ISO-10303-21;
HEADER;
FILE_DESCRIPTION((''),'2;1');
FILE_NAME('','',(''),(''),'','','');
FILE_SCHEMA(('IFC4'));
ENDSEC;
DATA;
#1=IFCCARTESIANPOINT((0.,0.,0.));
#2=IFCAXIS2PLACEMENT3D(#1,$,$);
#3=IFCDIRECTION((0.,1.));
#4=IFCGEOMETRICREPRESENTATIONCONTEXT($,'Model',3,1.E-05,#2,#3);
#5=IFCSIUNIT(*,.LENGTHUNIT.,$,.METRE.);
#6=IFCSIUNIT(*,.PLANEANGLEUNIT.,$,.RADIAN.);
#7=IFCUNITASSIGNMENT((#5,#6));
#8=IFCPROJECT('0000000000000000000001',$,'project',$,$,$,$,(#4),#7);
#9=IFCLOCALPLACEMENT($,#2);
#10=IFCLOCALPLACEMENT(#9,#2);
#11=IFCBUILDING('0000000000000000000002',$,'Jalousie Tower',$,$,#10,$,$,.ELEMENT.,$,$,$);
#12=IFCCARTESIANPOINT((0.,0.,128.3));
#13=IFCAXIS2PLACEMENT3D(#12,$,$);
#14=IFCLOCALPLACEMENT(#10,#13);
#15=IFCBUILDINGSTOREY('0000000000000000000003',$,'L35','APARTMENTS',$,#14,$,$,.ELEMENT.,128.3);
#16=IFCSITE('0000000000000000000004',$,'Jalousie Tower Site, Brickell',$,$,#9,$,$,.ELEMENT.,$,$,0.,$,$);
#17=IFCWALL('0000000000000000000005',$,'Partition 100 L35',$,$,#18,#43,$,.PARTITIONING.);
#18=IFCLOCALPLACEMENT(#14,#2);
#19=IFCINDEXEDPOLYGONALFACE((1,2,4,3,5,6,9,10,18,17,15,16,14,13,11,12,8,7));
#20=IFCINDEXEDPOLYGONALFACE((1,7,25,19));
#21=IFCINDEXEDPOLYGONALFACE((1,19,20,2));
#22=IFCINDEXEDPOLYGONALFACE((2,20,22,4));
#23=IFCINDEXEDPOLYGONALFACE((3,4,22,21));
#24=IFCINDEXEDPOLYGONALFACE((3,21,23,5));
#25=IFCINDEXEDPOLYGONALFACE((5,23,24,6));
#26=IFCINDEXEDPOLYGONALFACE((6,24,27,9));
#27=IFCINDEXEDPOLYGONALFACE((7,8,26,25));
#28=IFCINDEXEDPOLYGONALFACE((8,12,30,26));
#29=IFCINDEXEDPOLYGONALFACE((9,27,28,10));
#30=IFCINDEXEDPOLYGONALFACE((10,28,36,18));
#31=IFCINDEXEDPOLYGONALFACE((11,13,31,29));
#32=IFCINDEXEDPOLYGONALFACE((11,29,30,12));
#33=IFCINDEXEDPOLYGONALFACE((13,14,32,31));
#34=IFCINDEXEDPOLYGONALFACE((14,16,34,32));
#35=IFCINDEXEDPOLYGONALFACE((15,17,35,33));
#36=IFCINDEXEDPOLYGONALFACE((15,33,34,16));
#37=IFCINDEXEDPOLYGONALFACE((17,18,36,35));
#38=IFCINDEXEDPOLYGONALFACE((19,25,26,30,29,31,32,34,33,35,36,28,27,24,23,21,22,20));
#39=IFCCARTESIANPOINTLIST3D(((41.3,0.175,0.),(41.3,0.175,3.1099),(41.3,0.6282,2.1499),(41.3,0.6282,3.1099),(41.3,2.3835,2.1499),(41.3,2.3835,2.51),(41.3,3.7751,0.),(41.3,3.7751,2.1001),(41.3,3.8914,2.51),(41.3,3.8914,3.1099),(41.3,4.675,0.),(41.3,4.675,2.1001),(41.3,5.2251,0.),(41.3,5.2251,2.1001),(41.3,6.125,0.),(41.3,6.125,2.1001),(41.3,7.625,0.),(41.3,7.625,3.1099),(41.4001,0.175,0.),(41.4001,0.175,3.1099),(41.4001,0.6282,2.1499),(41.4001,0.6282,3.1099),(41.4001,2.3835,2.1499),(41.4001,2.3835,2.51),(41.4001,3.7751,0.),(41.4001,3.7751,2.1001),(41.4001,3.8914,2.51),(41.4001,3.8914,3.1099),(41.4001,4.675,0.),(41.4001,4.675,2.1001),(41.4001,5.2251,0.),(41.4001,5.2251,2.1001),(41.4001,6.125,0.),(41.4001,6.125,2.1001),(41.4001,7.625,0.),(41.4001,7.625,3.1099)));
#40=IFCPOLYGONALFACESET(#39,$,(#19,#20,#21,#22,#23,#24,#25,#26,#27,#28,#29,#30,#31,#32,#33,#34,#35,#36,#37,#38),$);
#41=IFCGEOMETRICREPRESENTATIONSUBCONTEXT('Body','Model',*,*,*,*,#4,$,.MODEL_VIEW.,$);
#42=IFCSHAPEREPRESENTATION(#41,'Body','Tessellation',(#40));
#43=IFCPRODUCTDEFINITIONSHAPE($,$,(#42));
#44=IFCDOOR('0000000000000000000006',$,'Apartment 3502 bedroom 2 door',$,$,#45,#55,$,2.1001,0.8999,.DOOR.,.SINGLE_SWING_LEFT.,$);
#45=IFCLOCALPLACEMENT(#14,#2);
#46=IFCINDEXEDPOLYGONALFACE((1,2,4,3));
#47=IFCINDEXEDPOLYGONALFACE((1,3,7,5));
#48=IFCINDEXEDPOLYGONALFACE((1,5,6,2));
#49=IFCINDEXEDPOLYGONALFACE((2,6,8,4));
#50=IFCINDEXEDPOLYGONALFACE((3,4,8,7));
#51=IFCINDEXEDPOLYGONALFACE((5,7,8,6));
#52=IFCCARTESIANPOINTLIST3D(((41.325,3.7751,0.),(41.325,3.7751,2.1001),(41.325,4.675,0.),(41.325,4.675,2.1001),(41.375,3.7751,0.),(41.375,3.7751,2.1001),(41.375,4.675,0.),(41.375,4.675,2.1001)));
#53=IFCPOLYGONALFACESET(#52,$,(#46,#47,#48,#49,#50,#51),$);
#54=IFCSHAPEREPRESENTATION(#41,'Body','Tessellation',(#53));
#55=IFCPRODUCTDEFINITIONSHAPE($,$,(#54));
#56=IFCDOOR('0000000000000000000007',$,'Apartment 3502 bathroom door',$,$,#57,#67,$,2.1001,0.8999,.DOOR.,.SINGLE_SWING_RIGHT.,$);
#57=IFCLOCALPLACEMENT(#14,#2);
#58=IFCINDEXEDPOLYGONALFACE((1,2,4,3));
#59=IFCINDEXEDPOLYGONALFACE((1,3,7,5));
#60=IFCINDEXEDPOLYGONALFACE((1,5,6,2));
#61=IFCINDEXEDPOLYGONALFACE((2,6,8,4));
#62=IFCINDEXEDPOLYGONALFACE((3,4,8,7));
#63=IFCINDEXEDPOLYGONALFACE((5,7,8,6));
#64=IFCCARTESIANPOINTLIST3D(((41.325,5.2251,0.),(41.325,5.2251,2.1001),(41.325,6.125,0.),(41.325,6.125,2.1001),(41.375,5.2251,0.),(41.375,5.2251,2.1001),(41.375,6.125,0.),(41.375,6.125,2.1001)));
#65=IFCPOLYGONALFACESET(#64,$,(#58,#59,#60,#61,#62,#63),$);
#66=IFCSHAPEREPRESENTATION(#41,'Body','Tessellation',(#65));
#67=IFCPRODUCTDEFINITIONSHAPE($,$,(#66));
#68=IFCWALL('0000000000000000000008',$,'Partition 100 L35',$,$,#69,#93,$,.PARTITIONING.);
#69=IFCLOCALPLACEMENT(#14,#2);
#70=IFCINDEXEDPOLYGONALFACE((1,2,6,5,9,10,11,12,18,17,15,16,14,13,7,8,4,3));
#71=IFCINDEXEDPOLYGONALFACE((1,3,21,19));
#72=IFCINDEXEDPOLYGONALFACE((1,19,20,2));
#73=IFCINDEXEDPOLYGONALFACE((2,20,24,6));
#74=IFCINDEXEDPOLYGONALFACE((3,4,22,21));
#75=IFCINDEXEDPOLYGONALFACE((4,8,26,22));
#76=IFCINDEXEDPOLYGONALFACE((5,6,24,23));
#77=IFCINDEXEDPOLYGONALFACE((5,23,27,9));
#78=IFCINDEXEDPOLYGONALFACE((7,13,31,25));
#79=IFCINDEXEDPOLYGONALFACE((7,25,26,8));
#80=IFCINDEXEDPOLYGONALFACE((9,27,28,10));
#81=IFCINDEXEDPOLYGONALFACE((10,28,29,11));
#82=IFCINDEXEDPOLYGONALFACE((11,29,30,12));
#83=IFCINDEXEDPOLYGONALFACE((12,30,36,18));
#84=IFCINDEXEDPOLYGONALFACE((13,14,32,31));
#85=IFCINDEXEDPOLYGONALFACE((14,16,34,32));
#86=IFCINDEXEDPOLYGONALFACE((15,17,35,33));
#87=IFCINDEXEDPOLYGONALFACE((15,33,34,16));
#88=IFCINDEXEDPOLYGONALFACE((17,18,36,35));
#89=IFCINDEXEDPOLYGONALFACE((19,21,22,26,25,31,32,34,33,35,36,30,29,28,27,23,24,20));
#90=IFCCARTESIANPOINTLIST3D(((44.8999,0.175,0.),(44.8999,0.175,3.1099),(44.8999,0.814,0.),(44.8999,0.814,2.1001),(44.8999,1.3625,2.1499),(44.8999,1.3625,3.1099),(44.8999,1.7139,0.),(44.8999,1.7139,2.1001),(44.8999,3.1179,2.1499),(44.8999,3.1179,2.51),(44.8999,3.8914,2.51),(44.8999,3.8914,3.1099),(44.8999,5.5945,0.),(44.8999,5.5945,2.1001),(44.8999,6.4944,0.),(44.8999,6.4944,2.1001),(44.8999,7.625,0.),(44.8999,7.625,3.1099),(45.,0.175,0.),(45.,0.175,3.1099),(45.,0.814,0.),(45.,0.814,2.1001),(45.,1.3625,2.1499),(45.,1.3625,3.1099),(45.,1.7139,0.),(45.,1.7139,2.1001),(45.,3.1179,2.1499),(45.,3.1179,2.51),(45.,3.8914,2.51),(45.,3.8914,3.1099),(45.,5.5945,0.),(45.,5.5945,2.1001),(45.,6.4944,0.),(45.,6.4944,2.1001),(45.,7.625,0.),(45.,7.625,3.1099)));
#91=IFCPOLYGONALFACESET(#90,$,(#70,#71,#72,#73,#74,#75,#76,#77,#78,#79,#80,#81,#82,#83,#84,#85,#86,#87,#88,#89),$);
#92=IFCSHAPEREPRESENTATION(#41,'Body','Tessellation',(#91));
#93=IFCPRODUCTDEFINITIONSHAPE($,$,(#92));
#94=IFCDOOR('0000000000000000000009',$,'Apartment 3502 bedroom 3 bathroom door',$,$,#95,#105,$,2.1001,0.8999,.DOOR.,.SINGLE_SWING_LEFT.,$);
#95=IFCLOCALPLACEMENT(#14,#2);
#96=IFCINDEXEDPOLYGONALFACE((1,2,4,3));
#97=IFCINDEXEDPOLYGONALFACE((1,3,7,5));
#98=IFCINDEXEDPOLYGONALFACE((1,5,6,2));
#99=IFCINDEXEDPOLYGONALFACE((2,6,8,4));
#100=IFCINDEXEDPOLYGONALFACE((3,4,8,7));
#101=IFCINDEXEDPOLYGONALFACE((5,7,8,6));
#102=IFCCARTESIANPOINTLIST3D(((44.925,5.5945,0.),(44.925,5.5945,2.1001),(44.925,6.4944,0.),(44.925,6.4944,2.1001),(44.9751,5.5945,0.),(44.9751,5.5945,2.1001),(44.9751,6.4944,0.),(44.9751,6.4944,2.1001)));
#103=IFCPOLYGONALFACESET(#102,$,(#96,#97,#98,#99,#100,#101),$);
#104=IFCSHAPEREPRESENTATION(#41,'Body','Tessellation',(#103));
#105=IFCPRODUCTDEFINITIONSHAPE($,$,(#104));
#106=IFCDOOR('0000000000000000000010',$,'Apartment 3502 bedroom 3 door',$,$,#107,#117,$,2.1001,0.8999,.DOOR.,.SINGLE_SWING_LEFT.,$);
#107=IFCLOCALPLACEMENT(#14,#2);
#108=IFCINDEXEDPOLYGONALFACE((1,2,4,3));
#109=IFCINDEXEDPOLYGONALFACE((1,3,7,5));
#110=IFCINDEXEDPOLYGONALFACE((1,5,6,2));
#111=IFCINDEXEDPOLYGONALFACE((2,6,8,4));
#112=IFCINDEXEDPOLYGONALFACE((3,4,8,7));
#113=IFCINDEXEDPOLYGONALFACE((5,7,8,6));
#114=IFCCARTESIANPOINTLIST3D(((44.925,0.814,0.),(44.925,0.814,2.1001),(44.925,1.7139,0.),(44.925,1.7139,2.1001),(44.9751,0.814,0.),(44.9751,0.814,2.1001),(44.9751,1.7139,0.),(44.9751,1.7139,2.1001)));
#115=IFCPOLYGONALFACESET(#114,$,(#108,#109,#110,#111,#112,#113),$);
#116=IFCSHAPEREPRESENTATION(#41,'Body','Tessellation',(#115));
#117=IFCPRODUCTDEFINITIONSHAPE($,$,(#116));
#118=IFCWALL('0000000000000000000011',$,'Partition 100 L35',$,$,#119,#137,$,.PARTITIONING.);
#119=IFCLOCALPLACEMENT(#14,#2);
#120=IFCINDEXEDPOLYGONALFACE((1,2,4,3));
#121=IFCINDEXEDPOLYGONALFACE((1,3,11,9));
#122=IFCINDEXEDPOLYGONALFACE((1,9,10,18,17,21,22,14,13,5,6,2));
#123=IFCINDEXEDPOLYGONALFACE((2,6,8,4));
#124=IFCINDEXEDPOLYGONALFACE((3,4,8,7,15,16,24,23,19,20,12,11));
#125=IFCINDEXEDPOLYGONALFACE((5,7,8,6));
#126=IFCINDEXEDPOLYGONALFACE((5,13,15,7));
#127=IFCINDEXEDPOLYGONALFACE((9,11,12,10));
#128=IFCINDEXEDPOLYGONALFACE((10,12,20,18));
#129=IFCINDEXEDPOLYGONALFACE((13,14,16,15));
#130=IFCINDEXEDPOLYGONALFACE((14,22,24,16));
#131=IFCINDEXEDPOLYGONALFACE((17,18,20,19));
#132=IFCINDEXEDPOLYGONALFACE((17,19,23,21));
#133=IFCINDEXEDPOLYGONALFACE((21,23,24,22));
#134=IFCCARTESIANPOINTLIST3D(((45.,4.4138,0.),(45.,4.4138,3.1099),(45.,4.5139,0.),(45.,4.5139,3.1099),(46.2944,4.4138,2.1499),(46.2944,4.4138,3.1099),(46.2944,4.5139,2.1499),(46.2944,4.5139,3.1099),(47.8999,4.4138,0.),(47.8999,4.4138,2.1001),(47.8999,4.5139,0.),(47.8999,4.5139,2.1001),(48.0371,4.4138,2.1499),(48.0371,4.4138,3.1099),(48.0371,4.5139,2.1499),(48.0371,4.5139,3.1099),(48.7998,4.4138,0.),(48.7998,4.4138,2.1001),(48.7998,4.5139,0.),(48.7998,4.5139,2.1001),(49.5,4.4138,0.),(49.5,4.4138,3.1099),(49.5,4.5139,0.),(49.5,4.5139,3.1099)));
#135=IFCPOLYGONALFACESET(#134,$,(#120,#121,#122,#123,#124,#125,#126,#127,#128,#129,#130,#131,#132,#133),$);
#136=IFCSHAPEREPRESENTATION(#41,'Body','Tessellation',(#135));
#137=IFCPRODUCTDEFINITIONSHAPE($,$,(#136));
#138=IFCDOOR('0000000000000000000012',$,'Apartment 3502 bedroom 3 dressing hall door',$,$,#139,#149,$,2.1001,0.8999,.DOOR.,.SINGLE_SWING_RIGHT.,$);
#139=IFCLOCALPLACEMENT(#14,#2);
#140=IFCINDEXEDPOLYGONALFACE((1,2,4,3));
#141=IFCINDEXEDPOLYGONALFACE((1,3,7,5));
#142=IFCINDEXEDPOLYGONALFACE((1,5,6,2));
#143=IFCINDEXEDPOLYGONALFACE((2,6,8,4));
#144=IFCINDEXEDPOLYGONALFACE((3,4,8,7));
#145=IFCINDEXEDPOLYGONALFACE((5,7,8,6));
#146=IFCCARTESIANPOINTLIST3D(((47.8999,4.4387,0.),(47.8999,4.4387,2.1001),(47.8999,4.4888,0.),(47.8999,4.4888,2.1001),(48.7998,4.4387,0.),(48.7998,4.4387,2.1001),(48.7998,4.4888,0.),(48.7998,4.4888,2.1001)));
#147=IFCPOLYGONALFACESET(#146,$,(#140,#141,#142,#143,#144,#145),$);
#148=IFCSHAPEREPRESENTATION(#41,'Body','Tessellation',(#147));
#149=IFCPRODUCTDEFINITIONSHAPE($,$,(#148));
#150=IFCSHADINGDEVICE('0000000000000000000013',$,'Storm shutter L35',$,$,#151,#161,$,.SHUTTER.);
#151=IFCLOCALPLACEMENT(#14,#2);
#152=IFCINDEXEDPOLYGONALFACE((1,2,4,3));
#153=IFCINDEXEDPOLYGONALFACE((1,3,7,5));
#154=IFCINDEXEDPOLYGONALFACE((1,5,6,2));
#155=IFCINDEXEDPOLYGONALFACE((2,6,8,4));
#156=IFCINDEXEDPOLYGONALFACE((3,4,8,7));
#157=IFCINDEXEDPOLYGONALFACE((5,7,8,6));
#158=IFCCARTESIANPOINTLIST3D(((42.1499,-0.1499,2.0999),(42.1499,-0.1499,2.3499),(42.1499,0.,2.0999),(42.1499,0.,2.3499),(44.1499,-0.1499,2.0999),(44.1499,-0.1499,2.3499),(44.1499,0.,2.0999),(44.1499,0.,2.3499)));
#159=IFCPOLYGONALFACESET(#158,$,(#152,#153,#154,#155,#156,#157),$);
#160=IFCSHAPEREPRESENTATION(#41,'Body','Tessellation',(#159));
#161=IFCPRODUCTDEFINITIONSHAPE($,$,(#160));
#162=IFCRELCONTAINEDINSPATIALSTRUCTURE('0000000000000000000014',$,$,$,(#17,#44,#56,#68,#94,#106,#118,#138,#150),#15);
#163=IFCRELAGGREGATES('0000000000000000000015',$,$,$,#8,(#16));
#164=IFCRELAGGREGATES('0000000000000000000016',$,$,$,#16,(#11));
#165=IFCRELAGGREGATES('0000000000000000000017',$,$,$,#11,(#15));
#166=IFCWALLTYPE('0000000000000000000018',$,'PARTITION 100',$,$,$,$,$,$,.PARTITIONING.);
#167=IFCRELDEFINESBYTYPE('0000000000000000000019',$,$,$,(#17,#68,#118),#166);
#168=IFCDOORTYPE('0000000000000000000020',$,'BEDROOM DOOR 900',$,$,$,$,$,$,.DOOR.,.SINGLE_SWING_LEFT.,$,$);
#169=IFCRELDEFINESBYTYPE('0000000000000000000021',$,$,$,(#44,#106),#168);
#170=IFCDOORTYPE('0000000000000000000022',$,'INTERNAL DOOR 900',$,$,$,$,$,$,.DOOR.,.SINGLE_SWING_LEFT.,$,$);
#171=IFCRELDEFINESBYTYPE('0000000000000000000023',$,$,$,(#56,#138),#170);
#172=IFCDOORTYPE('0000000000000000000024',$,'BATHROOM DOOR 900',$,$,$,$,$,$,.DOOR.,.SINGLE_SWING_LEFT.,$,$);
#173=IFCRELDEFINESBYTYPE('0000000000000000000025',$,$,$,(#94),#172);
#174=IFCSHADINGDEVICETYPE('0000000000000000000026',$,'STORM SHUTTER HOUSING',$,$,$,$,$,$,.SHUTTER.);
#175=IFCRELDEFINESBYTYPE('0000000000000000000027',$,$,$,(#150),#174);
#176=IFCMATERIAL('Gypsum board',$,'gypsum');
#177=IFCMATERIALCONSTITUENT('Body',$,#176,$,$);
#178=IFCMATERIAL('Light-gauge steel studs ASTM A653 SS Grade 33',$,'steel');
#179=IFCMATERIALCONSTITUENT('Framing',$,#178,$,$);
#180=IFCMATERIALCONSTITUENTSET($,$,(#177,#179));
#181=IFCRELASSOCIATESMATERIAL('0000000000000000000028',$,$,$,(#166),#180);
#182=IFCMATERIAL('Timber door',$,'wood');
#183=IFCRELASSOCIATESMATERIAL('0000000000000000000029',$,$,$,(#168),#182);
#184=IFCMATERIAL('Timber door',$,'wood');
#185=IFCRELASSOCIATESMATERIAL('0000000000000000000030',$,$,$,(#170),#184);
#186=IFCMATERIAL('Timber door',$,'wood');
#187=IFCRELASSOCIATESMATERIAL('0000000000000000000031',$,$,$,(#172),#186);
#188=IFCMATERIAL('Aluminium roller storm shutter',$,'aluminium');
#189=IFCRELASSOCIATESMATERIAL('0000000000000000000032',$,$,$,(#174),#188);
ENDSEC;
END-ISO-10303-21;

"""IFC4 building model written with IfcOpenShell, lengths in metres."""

from ifc_helpers import new_model, si_unit, direction, frame, frame_2d, origin, origin_2d, place, context, subcontext, project, spatial, polyline, rectangle, outline, extrude, material, constituent, constituent_set, type_object, element, fill, save


model = new_model("IFC4")

# Units and contexts
model_context = context("Model", 3, precision=1e-05, world=origin(), true_north=direction((0.0, 1.0)))
body_context = subcontext(model_context, "Body", "Model", "MODEL_VIEW")
ifc_project = project(units=[si_unit("LENGTHUNIT", "METRE"), si_unit("PLANEANGLEUNIT", "RADIAN")], contexts=[model_context])

# Site, building, storey
site_placement = place(None, origin())
site = spatial("IfcSite", under=ifc_project, at=site_placement, Name="Jalousie Tower Site, Brickell", CompositionType="ELEMENT", RefElevation=0.0)
building_placement = place(site_placement, origin())
building = spatial("IfcBuilding", under=site, at=building_placement, Name="Jalousie Tower", CompositionType="ELEMENT")
storey_placement = place(building_placement, frame((0.0, 0.0, 128.3)))
storey = spatial("IfcBuildingStorey", under=building, at=storey_placement, Name="L35", Description="APARTMENTS", CompositionType="ELEMENT", Elevation=128.3)

# Walls, openings, doors
ifc_material_1 = material(Name="Gypsum board", Category="gypsum")
ifc_constituent_1 = constituent(ifc_material_1, Name="Body")
ifc_material_2 = material(Name="Light-gauge steel studs ASTM A653 SS Grade 33", Category="steel")
ifc_constituent_2 = constituent(ifc_material_2, Name="Framing")
ifc_constituent_set = constituent_set(constituents=[ifc_constituent_1, ifc_constituent_2])
wall_type = type_object("IfcWallType", Name="PARTITION 100", PredefinedType="PARTITIONING", material=ifc_constituent_set)
wall_1_placement = place(storey_placement, frame((41.3501, 0.175, 0.0), z_axis=(0.0, 0.0, 1.0), x_axis=(0.0, 1.0, 0.0)))
wall_1 = element("IfcWall", 1, at=wall_1_placement, inside=storey, type_object=wall_type, Name="Partition 100 L35", PredefinedType="PARTITIONING", context=body_context, shape_type="SweptSolid", body=[
    extrude(outline(polyline([(0.0, 0.0), (7.45, 0.0), (7.45, 3.1099), (3.7163, 3.1099), (3.7163, 2.51), (2.2085, 2.51), (2.2085, 2.1499), (0.4531, 2.1499), (0.4531, 3.1099), (0.0, 3.1099), (0.0, 0.0)])), frame((0.0, 0.05, 0.0), z_axis=(0.0, -1.0, 0.0), x_axis=(1.0, 0.0, 0.0)), (0.0, 0.0, 1.0), 0.1001),
])
opening_1_placement = place(wall_1_placement, frame((3.6001, 0.0, 0.0)))
opening_1 = element("IfcOpeningElement", 2, at=opening_1_placement, cuts=wall_1, PredefinedType="OPENING", context=body_context, shape_type="SweptSolid", body=[
    extrude(rectangle(XDim=0.8999, YDim=2.1001, at=frame_2d((0.45, 1.05))), frame((0.0, 0.0601, 0.0), z_axis=(0.0, -1.0, 0.0), x_axis=(1.0, 0.0, 0.0)), (0.0, 0.0, 1.0), 0.1201),
])
opening_2_placement = place(wall_1_placement, frame((5.05, 0.0, 0.0)))
opening_2 = element("IfcOpeningElement", 3, at=opening_2_placement, cuts=wall_1, PredefinedType="OPENING", context=body_context, shape_type="SweptSolid", body=[
    extrude(rectangle(XDim=0.8999, YDim=2.1001, at=frame_2d((0.45, 1.05))), frame((0.0, 0.0601, 0.0), z_axis=(0.0, -1.0, 0.0), x_axis=(1.0, 0.0, 0.0)), (0.0, 0.0, 1.0), 0.1201),
])
ifc_material_3 = material(Name="Timber door", Category="wood")
door_type_1 = type_object("IfcDoorType", Name="BEDROOM DOOR 900", OperationType="SINGLE_SWING_LEFT", PredefinedType="DOOR", material=ifc_material_3)
door_1_placement = place(opening_1_placement, frame((0.8999, 0.0, 0.0), z_axis=(0.0, 0.0, 1.0), x_axis=(-1.0, 0.0, 0.0)))
door_1 = element("IfcDoor", 4, at=door_1_placement, inside=storey, type_object=door_type_1, Name="Apartment 3502 bedroom 2 door", OperationType="SINGLE_SWING_LEFT", OverallHeight=2.1001, OverallWidth=0.8999, PredefinedType="DOOR", context=body_context, shape_type="SweptSolid", body=[
    extrude(rectangle(XDim=0.8999, YDim=2.1001, at=frame_2d((0.45, 1.05))), frame((0.0, 0.0249, 0.0), z_axis=(0.0, -1.0, 0.0), x_axis=(1.0, 0.0, 0.0)), (0.0, 0.0, 1.0), 0.05),
])
fill(opening_1, door_1)
ifc_material_4 = material(Name="Timber door", Category="wood")
door_type_2 = type_object("IfcDoorType", Name="INTERNAL DOOR 900", OperationType="SINGLE_SWING_LEFT", PredefinedType="DOOR", material=ifc_material_4)
door_2_placement = place(opening_2_placement, frame((0.8999, 0.0, 0.0), z_axis=(0.0, 0.0, 1.0), x_axis=(-1.0, 0.0, 0.0)))
door_2 = element("IfcDoor", 5, at=door_2_placement, inside=storey, type_object=door_type_2, Name="Apartment 3502 bathroom door", OperationType="SINGLE_SWING_RIGHT", OverallHeight=2.1001, OverallWidth=0.8999, PredefinedType="DOOR", context=body_context, shape_type="SweptSolid", body=[
    extrude(rectangle(XDim=0.8999, YDim=2.1001, at=frame_2d((0.45, 1.05))), frame((0.0, 0.0249, 0.0), z_axis=(0.0, -1.0, 0.0), x_axis=(1.0, 0.0, 0.0)), (0.0, 0.0, 1.0), 0.05),
])
fill(opening_2, door_2)
wall_2_placement = place(storey_placement, frame((44.95, 0.175, 0.0), z_axis=(0.0, 0.0, 1.0), x_axis=(0.0, 1.0, 0.0)))
wall_2 = element("IfcWall", 6, at=wall_2_placement, inside=storey, type_object=wall_type, Name="Partition 100 L35", PredefinedType="PARTITIONING", context=body_context, shape_type="SweptSolid", body=[
    extrude(outline(polyline([(0.0, 0.0), (7.45, 0.0), (7.45, 3.1099), (3.7163, 3.1099), (3.7163, 2.51), (2.9429, 2.51), (2.9429, 2.1499), (1.1875, 2.1499), (1.1875, 3.1099), (0.0, 3.1099), (0.0, 0.0)])), frame((0.0, 0.05, 0.0), z_axis=(0.0, -1.0, 0.0), x_axis=(1.0, 0.0, 0.0)), (0.0, 0.0, 1.0), 0.1001),
])
opening_3_placement = place(wall_2_placement, frame((0.6389, 0.0, 0.0)))
opening_3 = element("IfcOpeningElement", 7, at=opening_3_placement, cuts=wall_2, PredefinedType="OPENING", context=body_context, shape_type="SweptSolid", body=[
    extrude(rectangle(XDim=0.8999, YDim=2.1001, at=frame_2d((0.45, 1.05))), frame((0.0, 0.0601, 0.0), z_axis=(0.0, -1.0, 0.0), x_axis=(1.0, 0.0, 0.0)), (0.0, 0.0, 1.0), 0.1201),
])
opening_4_placement = place(wall_2_placement, frame((5.4194, 0.0, 0.0)))
opening_4 = element("IfcOpeningElement", 8, at=opening_4_placement, cuts=wall_2, PredefinedType="OPENING", context=body_context, shape_type="SweptSolid", body=[
    extrude(rectangle(XDim=0.8999, YDim=2.1001, at=frame_2d((0.45, 1.05))), frame((0.0, 0.0601, 0.0), z_axis=(0.0, -1.0, 0.0), x_axis=(1.0, 0.0, 0.0)), (0.0, 0.0, 1.0), 0.1201),
])
ifc_material_5 = material(Name="Timber door", Category="wood")
door_type_3 = type_object("IfcDoorType", Name="BATHROOM DOOR 900", OperationType="SINGLE_SWING_LEFT", PredefinedType="DOOR", material=ifc_material_5)
door_3_placement = place(opening_4_placement, origin())
door_3 = element("IfcDoor", 9, at=door_3_placement, inside=storey, type_object=door_type_3, Name="Apartment 3502 bedroom 3 bathroom door", OperationType="SINGLE_SWING_LEFT", OverallHeight=2.1001, OverallWidth=0.8999, PredefinedType="DOOR", context=body_context, shape_type="SweptSolid", body=[
    extrude(rectangle(XDim=0.8999, YDim=2.1001, at=frame_2d((0.45, 1.05))), frame((0.0, 0.0249, 0.0), z_axis=(0.0, -1.0, 0.0), x_axis=(1.0, 0.0, 0.0)), (0.0, 0.0, 1.0), 0.05),
])
fill(opening_4, door_3)
door_4_placement = place(opening_3_placement, origin())
door_4 = element("IfcDoor", 10, at=door_4_placement, inside=storey, type_object=door_type_1, Name="Apartment 3502 bedroom 3 door", OperationType="SINGLE_SWING_LEFT", OverallHeight=2.1001, OverallWidth=0.8999, PredefinedType="DOOR", context=body_context, shape_type="SweptSolid", body=[
    extrude(rectangle(XDim=0.8999, YDim=2.1001, at=frame_2d((0.45, 1.05))), frame((0.0, 0.0249, 0.0), z_axis=(0.0, -1.0, 0.0), x_axis=(1.0, 0.0, 0.0)), (0.0, 0.0, 1.0), 0.05),
])
fill(opening_3, door_4)

# Wall, opening, door
wall_3_placement = place(storey_placement, frame((45.0, 4.4639, 0.0), z_axis=(0.0, 0.0, 1.0), x_axis=(1.0, 0.0, 0.0)))
wall_3 = element("IfcWall", 11, at=wall_3_placement, inside=storey, type_object=wall_type, Name="Partition 100 L35", PredefinedType="PARTITIONING", context=body_context, shape_type="SweptSolid", body=[
    extrude(outline(polyline([(0.0, 0.0), (4.5, 0.0), (4.5, 3.1099), (3.0371, 3.1099), (3.0371, 2.1499), (1.2944, 2.1499), (1.2944, 3.1099), (0.0, 3.1099), (0.0, 0.0)])), frame((0.0, 0.05, 0.0), z_axis=(0.0, -1.0, 0.0), x_axis=(1.0, 0.0, 0.0)), (0.0, 0.0, 1.0), 0.1001),
])
opening_5_placement = place(wall_3_placement, frame((2.8999, 0.0, 0.0)))
opening_5 = element("IfcOpeningElement", 12, at=opening_5_placement, cuts=wall_3, PredefinedType="OPENING", context=body_context, shape_type="SweptSolid", body=[
    extrude(rectangle(XDim=0.8999, YDim=2.1001, at=frame_2d((0.45, 1.05))), frame((0.0, 0.0601, 0.0), z_axis=(0.0, -1.0, 0.0), x_axis=(1.0, 0.0, 0.0)), (0.0, 0.0, 1.0), 0.1201),
])
door_5_placement = place(opening_5_placement, origin())
door_5 = element("IfcDoor", 13, at=door_5_placement, inside=storey, type_object=door_type_2, Name="Apartment 3502 bedroom 3 dressing hall door", OperationType="SINGLE_SWING_RIGHT", OverallHeight=2.1001, OverallWidth=0.8999, PredefinedType="DOOR", context=body_context, shape_type="SweptSolid", body=[
    extrude(rectangle(XDim=0.8999, YDim=2.1001, at=frame_2d((0.45, 1.05))), frame((0.0, 0.0249, 0.0), z_axis=(0.0, -1.0, 0.0), x_axis=(1.0, 0.0, 0.0)), (0.0, 0.0, 1.0), 0.05),
])
fill(opening_5, door_5)

# Shading device
ifc_material_6 = material(Name="Aluminium roller storm shutter", Category="aluminium")
shading_device_type = type_object("IfcShadingDeviceType", Name="STORM SHUTTER HOUSING", PredefinedType="SHUTTER", material=ifc_material_6)
shading_device_placement = place(storey_placement, frame((43.1499, -0.075, 2.0999), z_axis=(0.0, 0.0, 1.0), x_axis=(1.0, 0.0, 0.0)))
element("IfcShadingDevice", 14, at=shading_device_placement, inside=storey, type_object=shading_device_type, Name="Storm shutter L35", PredefinedType="SHUTTER", context=body_context, shape_type="SweptSolid", body=[
    extrude(rectangle(XDim=2.0, YDim=0.1499, at=origin_2d()), origin(), (0.0, 0.0, 1.0), 0.25),
])

save(model, "model.ifc")
